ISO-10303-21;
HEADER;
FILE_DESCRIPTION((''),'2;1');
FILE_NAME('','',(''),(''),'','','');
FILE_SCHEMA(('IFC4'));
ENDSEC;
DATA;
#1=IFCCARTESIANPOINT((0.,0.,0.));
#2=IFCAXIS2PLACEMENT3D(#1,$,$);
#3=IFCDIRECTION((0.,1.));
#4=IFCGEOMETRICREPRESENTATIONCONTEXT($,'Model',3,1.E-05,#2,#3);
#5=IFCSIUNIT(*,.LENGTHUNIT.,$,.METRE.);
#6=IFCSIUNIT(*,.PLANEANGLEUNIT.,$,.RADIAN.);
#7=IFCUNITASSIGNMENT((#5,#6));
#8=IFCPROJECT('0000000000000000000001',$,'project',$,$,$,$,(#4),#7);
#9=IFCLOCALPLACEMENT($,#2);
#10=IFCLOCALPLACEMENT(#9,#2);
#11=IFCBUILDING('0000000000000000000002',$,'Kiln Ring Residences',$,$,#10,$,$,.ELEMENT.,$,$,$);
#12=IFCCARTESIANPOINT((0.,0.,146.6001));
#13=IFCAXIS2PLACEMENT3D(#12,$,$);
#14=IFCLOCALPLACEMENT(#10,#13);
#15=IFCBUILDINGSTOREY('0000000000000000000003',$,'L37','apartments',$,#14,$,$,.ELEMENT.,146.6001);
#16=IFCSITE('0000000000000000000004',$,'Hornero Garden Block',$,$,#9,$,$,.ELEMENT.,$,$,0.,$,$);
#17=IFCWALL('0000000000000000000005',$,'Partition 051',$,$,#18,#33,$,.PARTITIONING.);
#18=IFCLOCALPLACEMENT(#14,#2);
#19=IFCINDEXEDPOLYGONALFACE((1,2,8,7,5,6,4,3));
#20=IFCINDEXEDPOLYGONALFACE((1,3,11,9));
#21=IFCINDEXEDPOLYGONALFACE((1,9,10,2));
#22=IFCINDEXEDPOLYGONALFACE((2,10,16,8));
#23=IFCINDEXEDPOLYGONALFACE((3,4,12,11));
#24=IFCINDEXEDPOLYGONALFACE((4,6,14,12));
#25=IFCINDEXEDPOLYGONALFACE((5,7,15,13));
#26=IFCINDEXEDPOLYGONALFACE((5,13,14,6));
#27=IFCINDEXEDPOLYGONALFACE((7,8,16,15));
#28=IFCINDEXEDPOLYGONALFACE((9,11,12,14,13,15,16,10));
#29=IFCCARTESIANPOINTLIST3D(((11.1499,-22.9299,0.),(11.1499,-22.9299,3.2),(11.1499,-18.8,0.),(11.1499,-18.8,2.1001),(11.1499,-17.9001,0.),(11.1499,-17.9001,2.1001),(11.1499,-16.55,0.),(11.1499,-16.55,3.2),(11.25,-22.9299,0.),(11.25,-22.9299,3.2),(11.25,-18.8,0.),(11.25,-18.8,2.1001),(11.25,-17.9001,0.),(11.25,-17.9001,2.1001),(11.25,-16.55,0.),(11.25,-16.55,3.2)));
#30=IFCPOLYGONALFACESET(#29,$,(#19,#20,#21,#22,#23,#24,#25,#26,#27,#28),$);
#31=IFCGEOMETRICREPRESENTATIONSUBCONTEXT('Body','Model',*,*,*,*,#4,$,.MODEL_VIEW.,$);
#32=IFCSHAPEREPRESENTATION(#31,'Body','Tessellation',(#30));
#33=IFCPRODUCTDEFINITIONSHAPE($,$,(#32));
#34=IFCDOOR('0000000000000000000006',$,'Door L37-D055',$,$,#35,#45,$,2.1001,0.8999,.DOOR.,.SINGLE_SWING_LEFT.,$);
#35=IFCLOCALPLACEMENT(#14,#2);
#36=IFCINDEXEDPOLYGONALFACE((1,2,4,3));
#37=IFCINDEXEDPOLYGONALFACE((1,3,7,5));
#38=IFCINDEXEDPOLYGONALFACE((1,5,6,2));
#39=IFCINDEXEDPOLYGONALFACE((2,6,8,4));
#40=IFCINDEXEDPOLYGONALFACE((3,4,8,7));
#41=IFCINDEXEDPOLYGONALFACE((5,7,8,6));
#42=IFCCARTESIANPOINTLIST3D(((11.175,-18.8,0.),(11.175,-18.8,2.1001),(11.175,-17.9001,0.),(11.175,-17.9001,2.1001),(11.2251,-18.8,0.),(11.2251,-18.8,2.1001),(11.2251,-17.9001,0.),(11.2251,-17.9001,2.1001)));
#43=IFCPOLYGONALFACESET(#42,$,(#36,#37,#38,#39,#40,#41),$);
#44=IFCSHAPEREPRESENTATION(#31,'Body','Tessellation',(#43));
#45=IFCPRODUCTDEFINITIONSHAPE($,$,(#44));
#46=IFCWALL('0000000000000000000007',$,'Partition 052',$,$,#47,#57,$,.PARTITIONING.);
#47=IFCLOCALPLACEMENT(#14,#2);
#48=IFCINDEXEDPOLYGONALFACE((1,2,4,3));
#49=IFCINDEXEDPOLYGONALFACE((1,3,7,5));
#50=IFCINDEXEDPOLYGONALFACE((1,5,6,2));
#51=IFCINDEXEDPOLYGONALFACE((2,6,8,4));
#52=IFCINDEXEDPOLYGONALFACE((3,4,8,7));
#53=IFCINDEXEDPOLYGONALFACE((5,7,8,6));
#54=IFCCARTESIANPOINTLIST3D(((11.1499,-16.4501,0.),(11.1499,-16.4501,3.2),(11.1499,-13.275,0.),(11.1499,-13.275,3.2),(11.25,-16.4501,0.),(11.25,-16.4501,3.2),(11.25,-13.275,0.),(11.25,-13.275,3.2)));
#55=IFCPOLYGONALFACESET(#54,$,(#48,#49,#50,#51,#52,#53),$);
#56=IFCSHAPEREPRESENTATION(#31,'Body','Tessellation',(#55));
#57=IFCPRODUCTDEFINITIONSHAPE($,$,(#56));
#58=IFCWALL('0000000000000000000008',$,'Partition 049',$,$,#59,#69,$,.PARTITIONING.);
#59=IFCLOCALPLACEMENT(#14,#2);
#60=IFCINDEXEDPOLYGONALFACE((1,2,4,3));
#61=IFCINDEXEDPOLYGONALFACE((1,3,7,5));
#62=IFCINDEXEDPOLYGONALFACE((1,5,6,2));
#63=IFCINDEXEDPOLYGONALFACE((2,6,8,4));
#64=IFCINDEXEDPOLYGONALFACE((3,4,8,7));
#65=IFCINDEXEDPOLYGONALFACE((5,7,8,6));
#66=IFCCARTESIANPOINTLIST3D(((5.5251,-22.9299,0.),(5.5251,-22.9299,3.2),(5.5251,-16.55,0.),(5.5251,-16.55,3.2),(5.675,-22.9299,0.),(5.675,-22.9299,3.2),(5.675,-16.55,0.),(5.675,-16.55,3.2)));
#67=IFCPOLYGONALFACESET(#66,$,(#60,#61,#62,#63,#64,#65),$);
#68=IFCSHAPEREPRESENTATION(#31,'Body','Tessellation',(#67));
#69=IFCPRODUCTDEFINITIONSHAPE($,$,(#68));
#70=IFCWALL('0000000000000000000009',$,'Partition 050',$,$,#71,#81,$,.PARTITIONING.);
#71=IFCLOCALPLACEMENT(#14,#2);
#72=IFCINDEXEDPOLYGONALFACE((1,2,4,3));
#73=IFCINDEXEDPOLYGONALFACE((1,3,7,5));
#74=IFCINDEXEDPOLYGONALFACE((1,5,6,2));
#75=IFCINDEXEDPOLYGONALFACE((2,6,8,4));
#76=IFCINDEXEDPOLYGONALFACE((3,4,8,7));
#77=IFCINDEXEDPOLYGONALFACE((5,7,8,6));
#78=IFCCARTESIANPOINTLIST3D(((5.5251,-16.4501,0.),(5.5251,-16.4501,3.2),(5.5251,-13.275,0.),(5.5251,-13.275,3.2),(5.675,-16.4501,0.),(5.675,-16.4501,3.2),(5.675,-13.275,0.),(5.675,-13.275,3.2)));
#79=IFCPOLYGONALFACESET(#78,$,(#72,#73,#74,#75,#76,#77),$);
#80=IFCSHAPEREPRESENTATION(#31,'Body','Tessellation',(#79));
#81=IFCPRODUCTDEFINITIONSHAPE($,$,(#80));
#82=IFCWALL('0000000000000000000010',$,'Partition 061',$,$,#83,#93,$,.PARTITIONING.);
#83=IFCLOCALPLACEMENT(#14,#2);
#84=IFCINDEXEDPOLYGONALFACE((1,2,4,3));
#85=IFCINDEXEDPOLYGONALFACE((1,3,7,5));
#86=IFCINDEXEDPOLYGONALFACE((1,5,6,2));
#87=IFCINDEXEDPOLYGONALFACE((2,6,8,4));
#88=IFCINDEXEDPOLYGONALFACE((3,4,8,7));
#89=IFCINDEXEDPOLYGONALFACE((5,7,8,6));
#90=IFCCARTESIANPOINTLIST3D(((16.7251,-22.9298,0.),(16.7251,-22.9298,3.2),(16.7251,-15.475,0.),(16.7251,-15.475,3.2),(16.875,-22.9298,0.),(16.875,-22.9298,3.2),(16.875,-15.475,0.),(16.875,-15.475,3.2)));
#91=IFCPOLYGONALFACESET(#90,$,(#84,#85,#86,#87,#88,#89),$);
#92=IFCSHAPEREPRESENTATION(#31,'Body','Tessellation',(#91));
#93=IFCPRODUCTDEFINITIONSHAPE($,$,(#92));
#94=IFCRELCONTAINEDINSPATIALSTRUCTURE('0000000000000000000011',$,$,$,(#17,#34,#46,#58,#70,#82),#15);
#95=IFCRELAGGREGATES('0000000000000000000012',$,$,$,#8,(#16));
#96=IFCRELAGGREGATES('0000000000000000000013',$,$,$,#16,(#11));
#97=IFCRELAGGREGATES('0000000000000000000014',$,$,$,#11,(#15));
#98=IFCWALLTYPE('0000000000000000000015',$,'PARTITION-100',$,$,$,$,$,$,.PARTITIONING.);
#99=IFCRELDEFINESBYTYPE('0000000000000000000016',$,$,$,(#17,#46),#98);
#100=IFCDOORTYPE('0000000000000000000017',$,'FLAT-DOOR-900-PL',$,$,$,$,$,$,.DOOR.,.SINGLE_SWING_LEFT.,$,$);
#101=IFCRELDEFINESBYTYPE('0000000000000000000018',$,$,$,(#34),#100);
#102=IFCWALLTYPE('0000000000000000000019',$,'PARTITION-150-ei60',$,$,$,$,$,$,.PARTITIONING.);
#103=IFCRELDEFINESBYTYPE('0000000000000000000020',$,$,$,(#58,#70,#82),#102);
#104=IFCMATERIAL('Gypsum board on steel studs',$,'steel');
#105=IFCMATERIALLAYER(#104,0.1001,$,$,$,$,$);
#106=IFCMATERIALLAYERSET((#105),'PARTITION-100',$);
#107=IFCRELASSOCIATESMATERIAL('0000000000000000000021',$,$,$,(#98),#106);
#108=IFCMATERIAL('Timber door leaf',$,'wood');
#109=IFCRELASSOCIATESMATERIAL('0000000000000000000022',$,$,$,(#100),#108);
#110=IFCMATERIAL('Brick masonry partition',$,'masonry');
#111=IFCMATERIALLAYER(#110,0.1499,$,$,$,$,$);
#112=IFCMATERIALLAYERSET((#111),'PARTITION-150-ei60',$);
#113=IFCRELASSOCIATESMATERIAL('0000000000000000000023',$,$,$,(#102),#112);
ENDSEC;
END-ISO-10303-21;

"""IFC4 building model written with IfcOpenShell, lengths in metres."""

from ifc_helpers import new_model, si_unit, direction, frame, frame_2d, origin, place, context, subcontext, project, spatial, rectangle, extrude, material, layer, layer_set, type_object, element, fill, save


model = new_model("IFC4")

# Units and contexts
model_context = context("Model", 3, precision=1e-05, world=origin(), true_north=direction((0.0, 1.0)))
body_context = subcontext(model_context, "Body", "Model", "MODEL_VIEW")
ifc_project = project(units=[si_unit("LENGTHUNIT", "METRE"), si_unit("PLANEANGLEUNIT", "RADIAN")], contexts=[model_context])

# Site, building, storey
site_placement = place(None, origin())
site = spatial("IfcSite", under=ifc_project, at=site_placement, Name="Hornero Garden Block", CompositionType="ELEMENT", RefElevation=0.0)
building_placement = place(site_placement, origin())
building = spatial("IfcBuilding", under=site, at=building_placement, Name="Kiln Ring Residences", CompositionType="ELEMENT")
storey_placement = place(building_placement, frame((0.0, 0.0, 146.6001)))
storey = spatial("IfcBuildingStorey", under=building, at=storey_placement, Name="L37", Description="apartments", CompositionType="ELEMENT", Elevation=146.6001)

# Shared definitions
ifc_material_1 = material(Name="Gypsum board on steel studs", Category="steel")
ifc_layer_1 = layer(ifc_material_1, 0.1001)
ifc_layer_set_1 = layer_set([ifc_layer_1], Name="PARTITION-100")
wall_type_1 = type_object("IfcWallType", Name="PARTITION-100", PredefinedType="PARTITIONING", material=ifc_layer_set_1)
ifc_material_2 = material(Name="Timber door leaf", Category="wood")
door_type_1 = type_object("IfcDoorType", Name="FLAT-DOOR-900-PL", OperationType="SINGLE_SWING_LEFT", PredefinedType="DOOR", material=ifc_material_2)

# Wall, opening, door
wall_1_placement = place(storey_placement, frame((11.2, -22.9299, 0.0), z_axis=(0.0, 0.0, 1.0), x_axis=(0.0, 1.0, 0.0)))
wall_1 = element("IfcWall", 1, at=wall_1_placement, inside=storey, type_object=wall_type_1, Name="Partition 051", PredefinedType="PARTITIONING", context=body_context, shape_type="SweptSolid", body=[
    extrude(rectangle(XDim=6.3799, YDim=0.1001, at=frame_2d((3.1899, 0.0))), origin(), (0.0, 0.0, 1.0), 3.2),
])
opening_1_placement = place(wall_1_placement, frame((4.1299, 0.0, 0.0)))
opening_1 = element("IfcOpeningElement", 2, at=opening_1_placement, cuts=wall_1, PredefinedType="OPENING", context=body_context, shape_type="SweptSolid", body=[
    extrude(rectangle(XDim=0.8999, YDim=2.1001, at=frame_2d((0.45, 1.05))), frame((0.0, 0.0601, 0.0), z_axis=(0.0, -1.0, 0.0), x_axis=(1.0, 0.0, 0.0)), (0.0, 0.0, 1.0), 0.1201),
])
door_1_placement = place(opening_1_placement, origin())
door_1 = element("IfcDoor", 3, at=door_1_placement, inside=storey, type_object=door_type_1, Name="Door L37-D055", OperationType="SINGLE_SWING_LEFT", OverallHeight=2.1001, OverallWidth=0.8999, PredefinedType="DOOR", context=body_context, shape_type="SweptSolid", body=[
    extrude(rectangle(XDim=0.8999, YDim=2.1001, at=frame_2d((0.45, 1.05))), frame((0.0, 0.0249, 0.0), z_axis=(0.0, -1.0, 0.0), x_axis=(1.0, 0.0, 0.0)), (0.0, 0.0, 1.0), 0.05),
])
fill(opening_1, door_1)

# Walls
wall_2_placement = place(storey_placement, frame((11.2, -16.45, 0.0), z_axis=(0.0, 0.0, 1.0), x_axis=(0.0, 1.0, 0.0)))
element("IfcWall", 4, at=wall_2_placement, inside=storey, type_object=wall_type_1, Name="Partition 052", PredefinedType="PARTITIONING", context=body_context, shape_type="SweptSolid", body=[
    extrude(rectangle(XDim=3.175, YDim=0.1001, at=frame_2d((1.5874, 0.0))), origin(), (0.0, 0.0, 1.0), 3.2),
])
ifc_material_3 = material(Name="Brick masonry partition", Category="masonry")
ifc_layer_2 = layer(ifc_material_3, 0.1499)
ifc_layer_set_2 = layer_set([ifc_layer_2], Name="PARTITION-150-ei60")
wall_type_2 = type_object("IfcWallType", Name="PARTITION-150-ei60", PredefinedType="PARTITIONING", material=ifc_layer_set_2)
wall_3_placement = place(storey_placement, frame((5.6001, -22.9299, 0.0), z_axis=(0.0, 0.0, 1.0), x_axis=(0.0, 1.0, 0.0)))
element("IfcWall", 5, at=wall_3_placement, inside=storey, type_object=wall_type_2, Name="Partition 049", PredefinedType="PARTITIONING", context=body_context, shape_type="SweptSolid", body=[
    extrude(rectangle(XDim=6.3799, YDim=0.1499, at=frame_2d((3.1899, 0.0))), origin(), (0.0, 0.0, 1.0), 3.2),
])
wall_4_placement = place(storey_placement, frame((5.6001, -16.45, 0.0), z_axis=(0.0, 0.0, 1.0), x_axis=(0.0, 1.0, 0.0)))
element("IfcWall", 6, at=wall_4_placement, inside=storey, type_object=wall_type_2, Name="Partition 050", PredefinedType="PARTITIONING", context=body_context, shape_type="SweptSolid", body=[
    extrude(rectangle(XDim=3.175, YDim=0.1499, at=frame_2d((1.5874, 0.0))), origin(), (0.0, 0.0, 1.0), 3.2),
])
wall_5_placement = place(storey_placement, frame((16.8, -22.9299, 0.0), z_axis=(0.0, 0.0, 1.0), x_axis=(0.0, 1.0, 0.0)))
element("IfcWall", 7, at=wall_5_placement, inside=storey, type_object=wall_type_2, Name="Partition 061", PredefinedType="PARTITIONING", context=body_context, shape_type="SweptSolid", body=[
    extrude(rectangle(XDim=7.4548, YDim=0.1499, at=frame_2d((3.7275, 0.0))), origin(), (0.0, 0.0, 1.0), 3.2),
])

save(model, "model.ifc")
